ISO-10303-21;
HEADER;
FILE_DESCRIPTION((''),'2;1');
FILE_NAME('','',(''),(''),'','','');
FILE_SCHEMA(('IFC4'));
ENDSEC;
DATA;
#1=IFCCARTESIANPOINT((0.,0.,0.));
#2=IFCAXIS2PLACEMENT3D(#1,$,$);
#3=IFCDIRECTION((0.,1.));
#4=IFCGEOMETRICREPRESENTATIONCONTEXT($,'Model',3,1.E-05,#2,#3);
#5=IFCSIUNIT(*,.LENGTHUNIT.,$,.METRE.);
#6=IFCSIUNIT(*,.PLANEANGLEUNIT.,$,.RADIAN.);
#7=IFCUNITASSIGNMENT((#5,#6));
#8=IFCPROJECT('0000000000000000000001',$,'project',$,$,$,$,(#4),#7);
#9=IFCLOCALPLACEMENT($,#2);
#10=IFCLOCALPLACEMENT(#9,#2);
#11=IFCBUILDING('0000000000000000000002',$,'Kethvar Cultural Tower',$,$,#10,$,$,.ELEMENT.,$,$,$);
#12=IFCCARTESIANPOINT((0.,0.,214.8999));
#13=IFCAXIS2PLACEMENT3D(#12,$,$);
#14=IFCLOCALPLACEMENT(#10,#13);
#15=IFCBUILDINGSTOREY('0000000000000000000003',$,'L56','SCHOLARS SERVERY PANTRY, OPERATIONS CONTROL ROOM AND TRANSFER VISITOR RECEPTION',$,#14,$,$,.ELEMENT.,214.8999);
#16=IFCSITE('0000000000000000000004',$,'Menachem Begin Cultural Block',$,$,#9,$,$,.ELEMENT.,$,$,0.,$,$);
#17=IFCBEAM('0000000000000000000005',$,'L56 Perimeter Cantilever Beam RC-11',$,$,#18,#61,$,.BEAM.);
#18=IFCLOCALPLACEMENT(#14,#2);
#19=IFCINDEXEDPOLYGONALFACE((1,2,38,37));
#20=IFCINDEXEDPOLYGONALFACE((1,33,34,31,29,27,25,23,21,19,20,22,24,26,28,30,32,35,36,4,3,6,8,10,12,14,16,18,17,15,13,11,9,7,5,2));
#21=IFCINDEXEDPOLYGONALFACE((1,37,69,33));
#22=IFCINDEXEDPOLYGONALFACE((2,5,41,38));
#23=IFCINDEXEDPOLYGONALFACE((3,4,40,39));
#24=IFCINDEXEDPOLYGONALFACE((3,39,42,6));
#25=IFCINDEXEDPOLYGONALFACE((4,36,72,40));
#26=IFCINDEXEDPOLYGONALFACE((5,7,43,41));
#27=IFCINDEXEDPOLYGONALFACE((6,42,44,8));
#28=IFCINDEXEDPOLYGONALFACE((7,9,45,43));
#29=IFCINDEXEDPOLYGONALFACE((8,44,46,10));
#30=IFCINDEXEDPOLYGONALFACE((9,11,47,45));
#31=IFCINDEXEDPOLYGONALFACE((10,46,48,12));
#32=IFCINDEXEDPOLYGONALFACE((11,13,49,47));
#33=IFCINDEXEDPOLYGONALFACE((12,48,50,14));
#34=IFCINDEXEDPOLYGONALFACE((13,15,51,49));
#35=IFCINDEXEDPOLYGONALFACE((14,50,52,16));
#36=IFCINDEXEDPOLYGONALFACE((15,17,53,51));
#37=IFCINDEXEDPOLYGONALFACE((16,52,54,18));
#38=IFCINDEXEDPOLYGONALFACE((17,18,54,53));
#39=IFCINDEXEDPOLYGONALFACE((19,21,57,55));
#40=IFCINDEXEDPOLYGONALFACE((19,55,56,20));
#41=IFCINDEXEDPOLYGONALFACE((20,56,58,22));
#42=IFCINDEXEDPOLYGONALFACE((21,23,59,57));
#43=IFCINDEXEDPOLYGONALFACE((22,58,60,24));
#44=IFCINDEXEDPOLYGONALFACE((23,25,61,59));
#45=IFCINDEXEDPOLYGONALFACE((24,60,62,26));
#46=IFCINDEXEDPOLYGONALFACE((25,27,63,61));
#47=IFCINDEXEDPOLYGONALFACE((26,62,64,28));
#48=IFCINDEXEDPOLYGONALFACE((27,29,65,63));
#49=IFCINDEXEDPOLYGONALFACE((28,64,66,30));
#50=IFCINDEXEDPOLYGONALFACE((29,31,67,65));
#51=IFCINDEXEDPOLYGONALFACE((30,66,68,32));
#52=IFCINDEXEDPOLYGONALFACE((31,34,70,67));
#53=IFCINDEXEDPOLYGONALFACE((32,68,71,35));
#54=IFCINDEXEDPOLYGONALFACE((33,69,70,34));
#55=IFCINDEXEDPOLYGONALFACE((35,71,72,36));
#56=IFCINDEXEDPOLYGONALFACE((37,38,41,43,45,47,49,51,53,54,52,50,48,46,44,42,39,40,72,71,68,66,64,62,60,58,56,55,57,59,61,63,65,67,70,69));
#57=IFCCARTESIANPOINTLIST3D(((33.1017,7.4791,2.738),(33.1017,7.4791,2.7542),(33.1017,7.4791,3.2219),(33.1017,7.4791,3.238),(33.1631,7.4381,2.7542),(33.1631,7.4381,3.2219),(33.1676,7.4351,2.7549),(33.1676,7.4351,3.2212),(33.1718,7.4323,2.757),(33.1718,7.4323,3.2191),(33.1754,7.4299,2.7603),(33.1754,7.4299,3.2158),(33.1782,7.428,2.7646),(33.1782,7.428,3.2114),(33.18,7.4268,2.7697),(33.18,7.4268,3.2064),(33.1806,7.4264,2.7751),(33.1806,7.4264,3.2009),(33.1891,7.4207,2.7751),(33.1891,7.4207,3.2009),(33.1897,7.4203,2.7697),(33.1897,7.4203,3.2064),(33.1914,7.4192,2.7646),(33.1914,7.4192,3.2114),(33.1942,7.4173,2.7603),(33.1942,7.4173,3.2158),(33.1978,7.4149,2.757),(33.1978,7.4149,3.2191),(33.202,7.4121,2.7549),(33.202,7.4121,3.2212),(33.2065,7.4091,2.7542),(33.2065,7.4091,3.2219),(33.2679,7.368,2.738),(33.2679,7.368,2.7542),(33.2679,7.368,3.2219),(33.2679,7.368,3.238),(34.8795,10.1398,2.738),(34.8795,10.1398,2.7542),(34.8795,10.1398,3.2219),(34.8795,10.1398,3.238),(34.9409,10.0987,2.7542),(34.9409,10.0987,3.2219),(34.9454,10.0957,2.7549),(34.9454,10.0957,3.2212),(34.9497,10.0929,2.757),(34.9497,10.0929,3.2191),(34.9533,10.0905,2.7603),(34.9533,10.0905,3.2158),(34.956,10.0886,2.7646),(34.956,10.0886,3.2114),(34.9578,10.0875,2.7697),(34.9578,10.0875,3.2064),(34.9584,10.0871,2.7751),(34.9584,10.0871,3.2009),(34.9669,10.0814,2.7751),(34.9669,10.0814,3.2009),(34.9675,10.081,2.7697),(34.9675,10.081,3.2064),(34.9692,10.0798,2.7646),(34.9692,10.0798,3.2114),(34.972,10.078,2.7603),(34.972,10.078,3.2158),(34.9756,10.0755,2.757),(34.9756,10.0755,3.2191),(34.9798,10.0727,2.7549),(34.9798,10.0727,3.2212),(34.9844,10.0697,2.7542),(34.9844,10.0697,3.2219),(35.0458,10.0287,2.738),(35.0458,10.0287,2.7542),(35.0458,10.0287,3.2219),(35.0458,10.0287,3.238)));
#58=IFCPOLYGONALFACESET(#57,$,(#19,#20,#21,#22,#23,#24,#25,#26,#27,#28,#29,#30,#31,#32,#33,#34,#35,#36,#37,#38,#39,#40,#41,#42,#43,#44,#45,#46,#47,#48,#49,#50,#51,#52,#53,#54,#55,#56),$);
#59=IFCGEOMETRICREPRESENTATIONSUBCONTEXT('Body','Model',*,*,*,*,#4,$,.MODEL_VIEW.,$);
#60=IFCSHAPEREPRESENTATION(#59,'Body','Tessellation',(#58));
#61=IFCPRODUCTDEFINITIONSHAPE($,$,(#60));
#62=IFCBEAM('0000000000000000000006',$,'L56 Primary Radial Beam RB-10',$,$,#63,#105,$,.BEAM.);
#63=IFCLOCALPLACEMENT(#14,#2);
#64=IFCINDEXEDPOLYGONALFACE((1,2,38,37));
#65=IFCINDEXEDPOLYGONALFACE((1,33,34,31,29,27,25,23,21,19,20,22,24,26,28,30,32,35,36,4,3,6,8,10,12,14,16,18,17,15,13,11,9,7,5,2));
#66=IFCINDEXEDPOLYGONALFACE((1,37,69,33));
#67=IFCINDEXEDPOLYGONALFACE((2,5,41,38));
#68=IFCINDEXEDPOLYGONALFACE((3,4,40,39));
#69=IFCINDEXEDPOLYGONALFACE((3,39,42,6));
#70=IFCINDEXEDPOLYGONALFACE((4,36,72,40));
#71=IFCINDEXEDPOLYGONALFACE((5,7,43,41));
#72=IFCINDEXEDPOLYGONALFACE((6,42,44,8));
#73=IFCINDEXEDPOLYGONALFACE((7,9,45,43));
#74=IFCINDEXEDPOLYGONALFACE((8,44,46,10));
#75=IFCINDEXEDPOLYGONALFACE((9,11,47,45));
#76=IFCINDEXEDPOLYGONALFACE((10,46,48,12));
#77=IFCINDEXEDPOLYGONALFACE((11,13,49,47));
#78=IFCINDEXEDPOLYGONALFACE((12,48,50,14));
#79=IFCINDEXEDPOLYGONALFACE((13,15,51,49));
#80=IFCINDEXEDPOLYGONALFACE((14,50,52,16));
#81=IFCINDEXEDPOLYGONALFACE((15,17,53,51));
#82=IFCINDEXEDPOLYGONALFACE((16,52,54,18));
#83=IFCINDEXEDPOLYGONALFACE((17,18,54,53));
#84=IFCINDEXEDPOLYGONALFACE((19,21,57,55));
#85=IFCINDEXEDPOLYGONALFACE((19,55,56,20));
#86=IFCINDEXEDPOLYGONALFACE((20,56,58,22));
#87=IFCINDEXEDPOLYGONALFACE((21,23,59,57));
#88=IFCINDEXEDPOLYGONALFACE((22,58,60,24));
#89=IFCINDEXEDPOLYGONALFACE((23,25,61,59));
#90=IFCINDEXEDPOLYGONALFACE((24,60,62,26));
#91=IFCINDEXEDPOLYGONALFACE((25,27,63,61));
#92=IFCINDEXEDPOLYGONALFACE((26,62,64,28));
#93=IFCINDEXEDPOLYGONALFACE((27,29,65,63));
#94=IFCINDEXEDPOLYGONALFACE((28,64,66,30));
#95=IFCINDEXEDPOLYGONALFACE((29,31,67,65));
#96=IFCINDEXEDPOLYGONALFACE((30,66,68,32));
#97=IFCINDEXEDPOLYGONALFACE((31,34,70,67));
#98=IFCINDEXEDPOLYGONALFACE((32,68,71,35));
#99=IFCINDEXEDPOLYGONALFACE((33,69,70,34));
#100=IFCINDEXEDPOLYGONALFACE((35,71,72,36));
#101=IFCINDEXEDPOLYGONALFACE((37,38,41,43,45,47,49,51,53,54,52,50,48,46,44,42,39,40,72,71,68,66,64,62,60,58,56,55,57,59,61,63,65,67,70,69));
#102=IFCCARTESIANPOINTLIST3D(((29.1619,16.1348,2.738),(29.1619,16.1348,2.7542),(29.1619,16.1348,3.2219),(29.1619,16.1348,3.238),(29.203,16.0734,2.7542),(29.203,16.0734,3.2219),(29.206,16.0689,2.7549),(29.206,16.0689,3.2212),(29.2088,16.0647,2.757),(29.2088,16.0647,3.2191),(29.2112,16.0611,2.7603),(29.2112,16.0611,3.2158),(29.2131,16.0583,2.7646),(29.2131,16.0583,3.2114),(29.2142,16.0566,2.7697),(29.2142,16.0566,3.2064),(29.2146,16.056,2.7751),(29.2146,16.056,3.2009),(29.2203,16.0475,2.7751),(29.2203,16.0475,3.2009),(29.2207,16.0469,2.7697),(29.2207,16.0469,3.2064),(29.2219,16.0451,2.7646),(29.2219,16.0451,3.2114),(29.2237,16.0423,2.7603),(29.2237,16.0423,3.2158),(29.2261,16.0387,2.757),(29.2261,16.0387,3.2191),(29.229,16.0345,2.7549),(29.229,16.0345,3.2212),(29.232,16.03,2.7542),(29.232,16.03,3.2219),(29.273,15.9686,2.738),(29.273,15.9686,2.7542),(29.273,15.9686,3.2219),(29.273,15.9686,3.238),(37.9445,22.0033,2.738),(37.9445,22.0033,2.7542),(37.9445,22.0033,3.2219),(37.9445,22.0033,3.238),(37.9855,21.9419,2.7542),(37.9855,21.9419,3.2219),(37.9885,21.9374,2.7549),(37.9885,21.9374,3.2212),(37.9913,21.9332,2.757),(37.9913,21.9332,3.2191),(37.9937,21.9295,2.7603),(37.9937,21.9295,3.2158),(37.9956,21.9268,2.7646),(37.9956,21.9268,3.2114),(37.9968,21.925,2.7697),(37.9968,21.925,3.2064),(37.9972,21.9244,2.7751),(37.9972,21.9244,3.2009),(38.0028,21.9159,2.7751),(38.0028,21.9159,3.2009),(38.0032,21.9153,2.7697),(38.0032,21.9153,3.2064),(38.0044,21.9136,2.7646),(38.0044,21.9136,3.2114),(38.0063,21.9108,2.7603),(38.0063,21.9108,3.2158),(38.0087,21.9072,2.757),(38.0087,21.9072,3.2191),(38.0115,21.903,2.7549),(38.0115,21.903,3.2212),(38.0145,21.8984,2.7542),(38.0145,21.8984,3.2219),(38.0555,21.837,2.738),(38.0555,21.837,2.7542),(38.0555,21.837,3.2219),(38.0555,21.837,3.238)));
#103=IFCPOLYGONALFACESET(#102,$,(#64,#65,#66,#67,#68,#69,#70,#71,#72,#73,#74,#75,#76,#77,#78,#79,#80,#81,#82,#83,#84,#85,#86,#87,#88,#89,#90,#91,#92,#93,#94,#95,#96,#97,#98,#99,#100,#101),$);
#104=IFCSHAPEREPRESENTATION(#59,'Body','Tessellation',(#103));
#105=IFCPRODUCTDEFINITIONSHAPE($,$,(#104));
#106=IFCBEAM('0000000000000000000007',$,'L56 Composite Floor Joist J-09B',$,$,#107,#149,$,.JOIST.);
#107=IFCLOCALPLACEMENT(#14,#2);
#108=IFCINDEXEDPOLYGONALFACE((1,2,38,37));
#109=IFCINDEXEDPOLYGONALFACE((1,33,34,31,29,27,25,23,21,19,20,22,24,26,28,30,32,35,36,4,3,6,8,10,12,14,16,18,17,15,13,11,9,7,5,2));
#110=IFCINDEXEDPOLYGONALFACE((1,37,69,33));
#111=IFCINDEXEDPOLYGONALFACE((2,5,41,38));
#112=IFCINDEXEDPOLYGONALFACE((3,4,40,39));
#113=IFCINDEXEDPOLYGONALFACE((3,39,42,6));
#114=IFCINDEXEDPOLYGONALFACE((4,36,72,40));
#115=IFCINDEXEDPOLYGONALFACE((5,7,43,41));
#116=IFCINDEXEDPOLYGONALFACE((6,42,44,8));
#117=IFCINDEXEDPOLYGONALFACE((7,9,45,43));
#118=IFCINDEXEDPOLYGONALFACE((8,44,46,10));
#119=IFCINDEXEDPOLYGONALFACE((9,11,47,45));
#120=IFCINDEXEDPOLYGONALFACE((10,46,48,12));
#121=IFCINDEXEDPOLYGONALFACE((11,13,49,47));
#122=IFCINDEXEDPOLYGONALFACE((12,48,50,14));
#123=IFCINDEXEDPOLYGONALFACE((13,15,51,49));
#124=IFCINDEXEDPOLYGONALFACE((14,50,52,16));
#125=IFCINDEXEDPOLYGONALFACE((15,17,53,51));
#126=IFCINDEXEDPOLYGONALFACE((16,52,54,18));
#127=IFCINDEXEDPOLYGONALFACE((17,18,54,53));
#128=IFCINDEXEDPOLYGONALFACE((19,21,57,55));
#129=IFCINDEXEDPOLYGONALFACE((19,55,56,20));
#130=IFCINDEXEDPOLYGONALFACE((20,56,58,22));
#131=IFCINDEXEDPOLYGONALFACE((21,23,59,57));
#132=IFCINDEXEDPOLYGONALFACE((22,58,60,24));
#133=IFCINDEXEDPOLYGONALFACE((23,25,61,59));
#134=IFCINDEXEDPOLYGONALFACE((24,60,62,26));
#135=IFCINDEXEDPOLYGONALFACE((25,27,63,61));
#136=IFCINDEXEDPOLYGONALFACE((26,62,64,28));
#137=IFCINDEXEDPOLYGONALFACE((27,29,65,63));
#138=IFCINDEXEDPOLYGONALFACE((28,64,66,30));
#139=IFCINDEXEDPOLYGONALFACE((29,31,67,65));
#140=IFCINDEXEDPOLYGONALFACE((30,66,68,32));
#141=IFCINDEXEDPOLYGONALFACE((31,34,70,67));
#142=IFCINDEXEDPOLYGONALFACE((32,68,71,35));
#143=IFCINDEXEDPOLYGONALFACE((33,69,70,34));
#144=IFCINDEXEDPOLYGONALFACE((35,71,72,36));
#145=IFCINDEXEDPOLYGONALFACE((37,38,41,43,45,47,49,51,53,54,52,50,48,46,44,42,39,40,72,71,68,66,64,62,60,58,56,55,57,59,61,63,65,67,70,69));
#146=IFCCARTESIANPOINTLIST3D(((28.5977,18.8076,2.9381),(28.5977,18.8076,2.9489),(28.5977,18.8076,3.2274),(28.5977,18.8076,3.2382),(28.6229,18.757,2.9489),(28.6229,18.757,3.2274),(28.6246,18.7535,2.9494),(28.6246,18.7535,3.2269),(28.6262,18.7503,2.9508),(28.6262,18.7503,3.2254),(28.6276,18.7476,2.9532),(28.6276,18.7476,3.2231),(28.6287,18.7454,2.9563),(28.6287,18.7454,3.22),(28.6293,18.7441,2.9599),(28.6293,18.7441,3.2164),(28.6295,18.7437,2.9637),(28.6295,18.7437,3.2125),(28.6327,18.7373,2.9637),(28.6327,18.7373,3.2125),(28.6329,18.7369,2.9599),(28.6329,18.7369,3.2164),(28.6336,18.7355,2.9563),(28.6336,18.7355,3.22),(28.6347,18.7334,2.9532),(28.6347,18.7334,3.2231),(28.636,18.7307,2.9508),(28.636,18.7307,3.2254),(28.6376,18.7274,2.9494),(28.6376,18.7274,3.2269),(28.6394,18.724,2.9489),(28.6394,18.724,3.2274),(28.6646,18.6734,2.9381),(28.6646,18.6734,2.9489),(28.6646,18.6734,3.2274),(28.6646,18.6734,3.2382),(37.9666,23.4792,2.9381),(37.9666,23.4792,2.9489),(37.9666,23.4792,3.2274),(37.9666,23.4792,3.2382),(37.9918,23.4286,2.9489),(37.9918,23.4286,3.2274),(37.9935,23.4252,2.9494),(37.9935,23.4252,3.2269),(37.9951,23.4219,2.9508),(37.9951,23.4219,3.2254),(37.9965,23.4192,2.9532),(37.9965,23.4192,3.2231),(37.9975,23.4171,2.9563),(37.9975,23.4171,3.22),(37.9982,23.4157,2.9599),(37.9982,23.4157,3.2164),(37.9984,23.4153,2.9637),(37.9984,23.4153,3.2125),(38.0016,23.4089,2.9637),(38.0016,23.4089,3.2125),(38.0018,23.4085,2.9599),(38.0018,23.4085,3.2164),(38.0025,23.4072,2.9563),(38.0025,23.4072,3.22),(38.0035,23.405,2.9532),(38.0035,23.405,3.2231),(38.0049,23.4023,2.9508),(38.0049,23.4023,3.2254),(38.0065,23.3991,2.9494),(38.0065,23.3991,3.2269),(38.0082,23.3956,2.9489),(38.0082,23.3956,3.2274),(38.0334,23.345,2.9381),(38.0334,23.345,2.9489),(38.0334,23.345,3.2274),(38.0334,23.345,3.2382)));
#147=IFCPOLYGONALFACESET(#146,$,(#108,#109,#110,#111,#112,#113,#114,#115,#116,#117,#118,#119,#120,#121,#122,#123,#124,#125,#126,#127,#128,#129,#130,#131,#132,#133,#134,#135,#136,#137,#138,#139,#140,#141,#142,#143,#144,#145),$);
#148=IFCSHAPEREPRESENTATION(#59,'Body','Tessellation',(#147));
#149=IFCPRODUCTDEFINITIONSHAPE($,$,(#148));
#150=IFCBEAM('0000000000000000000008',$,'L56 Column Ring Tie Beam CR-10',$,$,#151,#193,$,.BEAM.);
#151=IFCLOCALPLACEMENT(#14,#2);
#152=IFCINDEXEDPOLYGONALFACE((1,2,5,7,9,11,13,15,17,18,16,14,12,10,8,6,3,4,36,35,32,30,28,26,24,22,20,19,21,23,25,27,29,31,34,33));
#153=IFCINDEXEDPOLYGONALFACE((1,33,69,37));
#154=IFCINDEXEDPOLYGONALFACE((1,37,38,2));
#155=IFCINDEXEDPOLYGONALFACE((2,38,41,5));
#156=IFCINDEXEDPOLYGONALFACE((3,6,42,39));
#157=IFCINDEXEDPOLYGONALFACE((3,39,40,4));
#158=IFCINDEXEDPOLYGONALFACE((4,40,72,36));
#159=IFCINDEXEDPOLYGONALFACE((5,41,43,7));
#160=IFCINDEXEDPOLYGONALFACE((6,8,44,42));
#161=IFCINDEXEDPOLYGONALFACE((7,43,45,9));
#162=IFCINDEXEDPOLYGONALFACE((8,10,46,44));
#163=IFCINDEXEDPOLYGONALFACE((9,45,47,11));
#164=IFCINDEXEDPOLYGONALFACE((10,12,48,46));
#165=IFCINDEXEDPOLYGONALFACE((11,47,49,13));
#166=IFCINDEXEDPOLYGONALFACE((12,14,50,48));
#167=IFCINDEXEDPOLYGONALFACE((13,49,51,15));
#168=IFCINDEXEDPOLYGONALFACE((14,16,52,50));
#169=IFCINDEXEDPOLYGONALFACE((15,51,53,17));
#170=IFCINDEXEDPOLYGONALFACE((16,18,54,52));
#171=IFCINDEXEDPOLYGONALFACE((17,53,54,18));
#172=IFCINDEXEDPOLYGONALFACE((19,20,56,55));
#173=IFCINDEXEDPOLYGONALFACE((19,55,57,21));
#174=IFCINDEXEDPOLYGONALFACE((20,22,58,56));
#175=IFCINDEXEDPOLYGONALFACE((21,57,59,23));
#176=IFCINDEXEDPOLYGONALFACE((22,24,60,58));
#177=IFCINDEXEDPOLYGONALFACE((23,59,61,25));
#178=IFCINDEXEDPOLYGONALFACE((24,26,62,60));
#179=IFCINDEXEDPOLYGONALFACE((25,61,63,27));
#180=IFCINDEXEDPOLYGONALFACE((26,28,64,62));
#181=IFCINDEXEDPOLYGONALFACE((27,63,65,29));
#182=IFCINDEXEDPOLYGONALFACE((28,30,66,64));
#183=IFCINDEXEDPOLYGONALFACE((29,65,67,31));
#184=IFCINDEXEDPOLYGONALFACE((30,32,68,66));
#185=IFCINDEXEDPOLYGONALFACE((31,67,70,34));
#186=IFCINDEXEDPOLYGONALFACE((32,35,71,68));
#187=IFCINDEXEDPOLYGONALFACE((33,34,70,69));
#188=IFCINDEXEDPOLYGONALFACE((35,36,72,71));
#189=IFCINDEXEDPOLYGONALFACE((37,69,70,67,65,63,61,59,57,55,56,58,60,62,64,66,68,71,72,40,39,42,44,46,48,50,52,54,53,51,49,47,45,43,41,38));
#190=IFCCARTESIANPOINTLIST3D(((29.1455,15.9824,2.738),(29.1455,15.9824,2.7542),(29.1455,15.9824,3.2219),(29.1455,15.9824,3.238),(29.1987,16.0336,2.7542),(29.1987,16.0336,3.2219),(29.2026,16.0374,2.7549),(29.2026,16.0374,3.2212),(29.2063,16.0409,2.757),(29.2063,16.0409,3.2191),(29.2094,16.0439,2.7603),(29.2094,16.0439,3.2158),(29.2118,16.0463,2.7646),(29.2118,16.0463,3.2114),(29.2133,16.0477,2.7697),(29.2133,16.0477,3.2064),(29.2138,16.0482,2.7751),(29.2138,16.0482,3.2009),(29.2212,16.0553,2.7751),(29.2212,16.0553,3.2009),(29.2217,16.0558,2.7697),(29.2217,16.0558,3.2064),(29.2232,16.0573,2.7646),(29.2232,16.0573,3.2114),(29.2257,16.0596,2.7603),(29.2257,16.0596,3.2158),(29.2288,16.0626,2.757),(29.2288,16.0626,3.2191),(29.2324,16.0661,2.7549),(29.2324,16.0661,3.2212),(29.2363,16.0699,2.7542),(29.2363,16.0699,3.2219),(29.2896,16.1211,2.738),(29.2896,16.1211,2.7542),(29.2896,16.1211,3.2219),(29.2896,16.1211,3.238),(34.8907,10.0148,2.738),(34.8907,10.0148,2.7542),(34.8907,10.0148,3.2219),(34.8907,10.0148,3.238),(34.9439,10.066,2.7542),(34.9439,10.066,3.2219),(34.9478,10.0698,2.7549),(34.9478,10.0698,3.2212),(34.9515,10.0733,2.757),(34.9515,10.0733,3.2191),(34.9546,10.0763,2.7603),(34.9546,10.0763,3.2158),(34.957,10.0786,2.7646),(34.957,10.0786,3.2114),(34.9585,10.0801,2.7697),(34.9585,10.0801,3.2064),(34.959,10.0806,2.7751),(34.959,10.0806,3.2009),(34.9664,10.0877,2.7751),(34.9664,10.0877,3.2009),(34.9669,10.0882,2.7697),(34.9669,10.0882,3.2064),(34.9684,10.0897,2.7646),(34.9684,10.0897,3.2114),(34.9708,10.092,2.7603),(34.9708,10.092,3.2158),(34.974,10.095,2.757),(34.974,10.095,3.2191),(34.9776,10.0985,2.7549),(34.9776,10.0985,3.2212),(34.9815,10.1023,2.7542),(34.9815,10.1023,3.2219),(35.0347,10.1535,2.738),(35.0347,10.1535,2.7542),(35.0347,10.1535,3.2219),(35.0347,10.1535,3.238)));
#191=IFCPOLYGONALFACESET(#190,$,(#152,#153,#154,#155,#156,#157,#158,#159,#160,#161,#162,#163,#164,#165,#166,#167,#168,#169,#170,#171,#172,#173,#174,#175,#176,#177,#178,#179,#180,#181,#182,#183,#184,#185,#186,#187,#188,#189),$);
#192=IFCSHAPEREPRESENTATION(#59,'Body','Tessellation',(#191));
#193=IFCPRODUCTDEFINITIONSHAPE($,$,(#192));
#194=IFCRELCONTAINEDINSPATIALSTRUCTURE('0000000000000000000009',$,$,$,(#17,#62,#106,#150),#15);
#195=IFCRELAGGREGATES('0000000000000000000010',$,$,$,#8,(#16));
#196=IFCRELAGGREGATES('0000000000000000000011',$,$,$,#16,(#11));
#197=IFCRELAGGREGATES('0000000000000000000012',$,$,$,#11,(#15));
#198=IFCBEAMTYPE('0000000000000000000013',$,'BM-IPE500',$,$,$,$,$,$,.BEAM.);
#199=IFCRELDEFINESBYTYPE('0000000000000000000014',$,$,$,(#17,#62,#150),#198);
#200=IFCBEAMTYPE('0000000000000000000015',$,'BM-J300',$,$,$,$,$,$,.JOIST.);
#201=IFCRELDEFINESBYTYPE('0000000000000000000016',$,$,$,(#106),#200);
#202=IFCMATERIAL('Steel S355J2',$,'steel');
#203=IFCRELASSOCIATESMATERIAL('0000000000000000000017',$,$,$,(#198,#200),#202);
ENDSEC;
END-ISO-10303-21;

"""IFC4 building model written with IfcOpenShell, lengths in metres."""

from ifc_helpers import new_model, si_unit, direction, frame, origin, origin_2d, place, context, subcontext, project, spatial, i_section, extrude, source, transform, mapped, material, material_profile, profile_set, type_object, element, save


model = new_model("IFC4")

# Units and contexts
model_context = context("Model", 3, precision=1e-05, world=origin(), true_north=direction((0.0, 1.0)))
body_context = subcontext(model_context, "Body", "Model", "MODEL_VIEW")
ifc_project = project(units=[si_unit("LENGTHUNIT", "METRE"), si_unit("PLANEANGLEUNIT", "RADIAN")], contexts=[model_context])

# Site, building, storey
site_placement = place(None, origin())
site = spatial("IfcSite", under=ifc_project, at=site_placement, Name="Menachem Begin Cultural Block", CompositionType="ELEMENT", RefElevation=0.0)
building_placement = place(site_placement, origin())
building = spatial("IfcBuilding", under=site, at=building_placement, Name="Kethvar Cultural Tower", CompositionType="ELEMENT")
storey_placement = place(building_placement, frame((0.0, 0.0, 214.8999)))
storey = spatial("IfcBuildingStorey", under=building, at=storey_placement, Name="L56", Description="SCHOLARS SERVERY PANTRY, OPERATIONS CONTROL ROOM AND TRANSFER VISITOR RECEPTION", CompositionType="ELEMENT", Elevation=214.8999)

# Beams
ifc_material_1 = material(Name="Steel S355J2", Category="steel")
ifc_material_profile_1 = material_profile(ifc_material_1, i_section(OverallWidth=0.2, OverallDepth=0.5, WebThickness=0.0103, FlangeThickness=0.0161, FilletRadius=0.021, at=origin_2d()), Name="Steel S355J2 — IPE500")
ifc_profile_set_1 = profile_set([ifc_material_profile_1], Name="Steel S355J2 — IPE500")
beam_type_1 = type_object("IfcBeamType", Name="BM-IPE500", PredefinedType="BEAM", material=ifc_profile_set_1)
shared_shape_1 = source(origin(), body_context, "Body", "SweptSolid", [
    extrude(i_section(OverallWidth=0.2, OverallDepth=0.5, WebThickness=0.0103, FlangeThickness=0.0161, FilletRadius=0.021, at=origin_2d()), origin(), (0.0, 0.0, 1.0), 3.2),
])
beam_1_placement = place(storey_placement, frame((34.9626, 10.0842, 2.988), z_axis=(-0.55558, -0.831463, 0.0), x_axis=(0.831463, -0.55558, 0.0)))
element("IfcBeam", 1, at=beam_1_placement, inside=storey, type_object=beam_type_1, Name="L56 Perimeter Cantilever Beam RC-11", PredefinedType="BEAM", context=body_context, shape_type="MappedRepresentation", body=[
    mapped(shared_shape_1, transform((0.0, 0.0, 0.0), scale=1.0)),
])
shared_shape_2 = source(origin(), body_context, "Body", "SweptSolid", [
    extrude(i_section(OverallWidth=0.2, OverallDepth=0.5, WebThickness=0.0103, FlangeThickness=0.0161, FilletRadius=0.021, at=origin_2d()), origin(), (0.0, 0.0, 1.0), 10.5627),
])
beam_2_placement = place(storey_placement, frame((38.0, 21.9202, 2.988), z_axis=(-0.831463, -0.55558, 0.0), x_axis=(0.55558, -0.831463, 0.0)))
element("IfcBeam", 2, at=beam_2_placement, inside=storey, type_object=beam_type_1, Name="L56 Primary Radial Beam RB-10", PredefinedType="BEAM", context=body_context, shape_type="MappedRepresentation", body=[
    mapped(shared_shape_2, transform((0.0, 0.0, 0.0), scale=1.0)),
])
ifc_material_profile_2 = material_profile(ifc_material_1, i_section(OverallWidth=0.1499, OverallDepth=0.3, WebThickness=0.0071, FlangeThickness=0.0107, FilletRadius=0.0149, at=origin_2d()), Name="Steel S355J2 — IPE300")
ifc_profile_set_2 = profile_set([ifc_material_profile_2], Name="Steel S355J2 — IPE300")
beam_type_2 = type_object("IfcBeamType", Name="BM-J300", PredefinedType="JOIST", material=ifc_profile_set_2)
shared_shape_3 = source(origin(), body_context, "Body", "SweptSolid", [
    extrude(i_section(OverallWidth=0.1499, OverallDepth=0.3, WebThickness=0.0071, FlangeThickness=0.0107, FilletRadius=0.0149, at=origin_2d()), origin(), (0.0, 0.0, 1.0), 10.469),
])
beam_3_placement = place(storey_placement, frame((38.0, 23.4121, 3.0881), z_axis=(-0.894916, -0.446234, 0.0), x_axis=(0.446234, -0.894916, 0.0)))
element("IfcBeam", 3, at=beam_3_placement, inside=storey, type_object=beam_type_2, Name="L56 Composite Floor Joist J-09B", PredefinedType="JOIST", context=body_context, shape_type="MappedRepresentation", body=[
    mapped(shared_shape_3, transform((0.0, 0.0, 0.0), scale=1.0)),
])
shared_shape_4 = source(origin(), body_context, "Body", "SweptSolid", [
    extrude(i_section(OverallWidth=0.2, OverallDepth=0.5, WebThickness=0.0103, FlangeThickness=0.0161, FilletRadius=0.021, at=origin_2d()), origin(), (0.0, 0.0, 1.0), 8.2837),
])
beam_4_placement = place(storey_placement, frame((29.2175, 16.0518, 2.988), z_axis=(0.693554, -0.720404, 0.0), x_axis=(0.720404, 0.693554, 0.0)))
element("IfcBeam", 4, at=beam_4_placement, inside=storey, type_object=beam_type_1, Name="L56 Column Ring Tie Beam CR-10", PredefinedType="BEAM", context=body_context, shape_type="MappedRepresentation", body=[
    mapped(shared_shape_4, transform((0.0, 0.0, 0.0), scale=1.0)),
])

save(model, "model.ifc")
